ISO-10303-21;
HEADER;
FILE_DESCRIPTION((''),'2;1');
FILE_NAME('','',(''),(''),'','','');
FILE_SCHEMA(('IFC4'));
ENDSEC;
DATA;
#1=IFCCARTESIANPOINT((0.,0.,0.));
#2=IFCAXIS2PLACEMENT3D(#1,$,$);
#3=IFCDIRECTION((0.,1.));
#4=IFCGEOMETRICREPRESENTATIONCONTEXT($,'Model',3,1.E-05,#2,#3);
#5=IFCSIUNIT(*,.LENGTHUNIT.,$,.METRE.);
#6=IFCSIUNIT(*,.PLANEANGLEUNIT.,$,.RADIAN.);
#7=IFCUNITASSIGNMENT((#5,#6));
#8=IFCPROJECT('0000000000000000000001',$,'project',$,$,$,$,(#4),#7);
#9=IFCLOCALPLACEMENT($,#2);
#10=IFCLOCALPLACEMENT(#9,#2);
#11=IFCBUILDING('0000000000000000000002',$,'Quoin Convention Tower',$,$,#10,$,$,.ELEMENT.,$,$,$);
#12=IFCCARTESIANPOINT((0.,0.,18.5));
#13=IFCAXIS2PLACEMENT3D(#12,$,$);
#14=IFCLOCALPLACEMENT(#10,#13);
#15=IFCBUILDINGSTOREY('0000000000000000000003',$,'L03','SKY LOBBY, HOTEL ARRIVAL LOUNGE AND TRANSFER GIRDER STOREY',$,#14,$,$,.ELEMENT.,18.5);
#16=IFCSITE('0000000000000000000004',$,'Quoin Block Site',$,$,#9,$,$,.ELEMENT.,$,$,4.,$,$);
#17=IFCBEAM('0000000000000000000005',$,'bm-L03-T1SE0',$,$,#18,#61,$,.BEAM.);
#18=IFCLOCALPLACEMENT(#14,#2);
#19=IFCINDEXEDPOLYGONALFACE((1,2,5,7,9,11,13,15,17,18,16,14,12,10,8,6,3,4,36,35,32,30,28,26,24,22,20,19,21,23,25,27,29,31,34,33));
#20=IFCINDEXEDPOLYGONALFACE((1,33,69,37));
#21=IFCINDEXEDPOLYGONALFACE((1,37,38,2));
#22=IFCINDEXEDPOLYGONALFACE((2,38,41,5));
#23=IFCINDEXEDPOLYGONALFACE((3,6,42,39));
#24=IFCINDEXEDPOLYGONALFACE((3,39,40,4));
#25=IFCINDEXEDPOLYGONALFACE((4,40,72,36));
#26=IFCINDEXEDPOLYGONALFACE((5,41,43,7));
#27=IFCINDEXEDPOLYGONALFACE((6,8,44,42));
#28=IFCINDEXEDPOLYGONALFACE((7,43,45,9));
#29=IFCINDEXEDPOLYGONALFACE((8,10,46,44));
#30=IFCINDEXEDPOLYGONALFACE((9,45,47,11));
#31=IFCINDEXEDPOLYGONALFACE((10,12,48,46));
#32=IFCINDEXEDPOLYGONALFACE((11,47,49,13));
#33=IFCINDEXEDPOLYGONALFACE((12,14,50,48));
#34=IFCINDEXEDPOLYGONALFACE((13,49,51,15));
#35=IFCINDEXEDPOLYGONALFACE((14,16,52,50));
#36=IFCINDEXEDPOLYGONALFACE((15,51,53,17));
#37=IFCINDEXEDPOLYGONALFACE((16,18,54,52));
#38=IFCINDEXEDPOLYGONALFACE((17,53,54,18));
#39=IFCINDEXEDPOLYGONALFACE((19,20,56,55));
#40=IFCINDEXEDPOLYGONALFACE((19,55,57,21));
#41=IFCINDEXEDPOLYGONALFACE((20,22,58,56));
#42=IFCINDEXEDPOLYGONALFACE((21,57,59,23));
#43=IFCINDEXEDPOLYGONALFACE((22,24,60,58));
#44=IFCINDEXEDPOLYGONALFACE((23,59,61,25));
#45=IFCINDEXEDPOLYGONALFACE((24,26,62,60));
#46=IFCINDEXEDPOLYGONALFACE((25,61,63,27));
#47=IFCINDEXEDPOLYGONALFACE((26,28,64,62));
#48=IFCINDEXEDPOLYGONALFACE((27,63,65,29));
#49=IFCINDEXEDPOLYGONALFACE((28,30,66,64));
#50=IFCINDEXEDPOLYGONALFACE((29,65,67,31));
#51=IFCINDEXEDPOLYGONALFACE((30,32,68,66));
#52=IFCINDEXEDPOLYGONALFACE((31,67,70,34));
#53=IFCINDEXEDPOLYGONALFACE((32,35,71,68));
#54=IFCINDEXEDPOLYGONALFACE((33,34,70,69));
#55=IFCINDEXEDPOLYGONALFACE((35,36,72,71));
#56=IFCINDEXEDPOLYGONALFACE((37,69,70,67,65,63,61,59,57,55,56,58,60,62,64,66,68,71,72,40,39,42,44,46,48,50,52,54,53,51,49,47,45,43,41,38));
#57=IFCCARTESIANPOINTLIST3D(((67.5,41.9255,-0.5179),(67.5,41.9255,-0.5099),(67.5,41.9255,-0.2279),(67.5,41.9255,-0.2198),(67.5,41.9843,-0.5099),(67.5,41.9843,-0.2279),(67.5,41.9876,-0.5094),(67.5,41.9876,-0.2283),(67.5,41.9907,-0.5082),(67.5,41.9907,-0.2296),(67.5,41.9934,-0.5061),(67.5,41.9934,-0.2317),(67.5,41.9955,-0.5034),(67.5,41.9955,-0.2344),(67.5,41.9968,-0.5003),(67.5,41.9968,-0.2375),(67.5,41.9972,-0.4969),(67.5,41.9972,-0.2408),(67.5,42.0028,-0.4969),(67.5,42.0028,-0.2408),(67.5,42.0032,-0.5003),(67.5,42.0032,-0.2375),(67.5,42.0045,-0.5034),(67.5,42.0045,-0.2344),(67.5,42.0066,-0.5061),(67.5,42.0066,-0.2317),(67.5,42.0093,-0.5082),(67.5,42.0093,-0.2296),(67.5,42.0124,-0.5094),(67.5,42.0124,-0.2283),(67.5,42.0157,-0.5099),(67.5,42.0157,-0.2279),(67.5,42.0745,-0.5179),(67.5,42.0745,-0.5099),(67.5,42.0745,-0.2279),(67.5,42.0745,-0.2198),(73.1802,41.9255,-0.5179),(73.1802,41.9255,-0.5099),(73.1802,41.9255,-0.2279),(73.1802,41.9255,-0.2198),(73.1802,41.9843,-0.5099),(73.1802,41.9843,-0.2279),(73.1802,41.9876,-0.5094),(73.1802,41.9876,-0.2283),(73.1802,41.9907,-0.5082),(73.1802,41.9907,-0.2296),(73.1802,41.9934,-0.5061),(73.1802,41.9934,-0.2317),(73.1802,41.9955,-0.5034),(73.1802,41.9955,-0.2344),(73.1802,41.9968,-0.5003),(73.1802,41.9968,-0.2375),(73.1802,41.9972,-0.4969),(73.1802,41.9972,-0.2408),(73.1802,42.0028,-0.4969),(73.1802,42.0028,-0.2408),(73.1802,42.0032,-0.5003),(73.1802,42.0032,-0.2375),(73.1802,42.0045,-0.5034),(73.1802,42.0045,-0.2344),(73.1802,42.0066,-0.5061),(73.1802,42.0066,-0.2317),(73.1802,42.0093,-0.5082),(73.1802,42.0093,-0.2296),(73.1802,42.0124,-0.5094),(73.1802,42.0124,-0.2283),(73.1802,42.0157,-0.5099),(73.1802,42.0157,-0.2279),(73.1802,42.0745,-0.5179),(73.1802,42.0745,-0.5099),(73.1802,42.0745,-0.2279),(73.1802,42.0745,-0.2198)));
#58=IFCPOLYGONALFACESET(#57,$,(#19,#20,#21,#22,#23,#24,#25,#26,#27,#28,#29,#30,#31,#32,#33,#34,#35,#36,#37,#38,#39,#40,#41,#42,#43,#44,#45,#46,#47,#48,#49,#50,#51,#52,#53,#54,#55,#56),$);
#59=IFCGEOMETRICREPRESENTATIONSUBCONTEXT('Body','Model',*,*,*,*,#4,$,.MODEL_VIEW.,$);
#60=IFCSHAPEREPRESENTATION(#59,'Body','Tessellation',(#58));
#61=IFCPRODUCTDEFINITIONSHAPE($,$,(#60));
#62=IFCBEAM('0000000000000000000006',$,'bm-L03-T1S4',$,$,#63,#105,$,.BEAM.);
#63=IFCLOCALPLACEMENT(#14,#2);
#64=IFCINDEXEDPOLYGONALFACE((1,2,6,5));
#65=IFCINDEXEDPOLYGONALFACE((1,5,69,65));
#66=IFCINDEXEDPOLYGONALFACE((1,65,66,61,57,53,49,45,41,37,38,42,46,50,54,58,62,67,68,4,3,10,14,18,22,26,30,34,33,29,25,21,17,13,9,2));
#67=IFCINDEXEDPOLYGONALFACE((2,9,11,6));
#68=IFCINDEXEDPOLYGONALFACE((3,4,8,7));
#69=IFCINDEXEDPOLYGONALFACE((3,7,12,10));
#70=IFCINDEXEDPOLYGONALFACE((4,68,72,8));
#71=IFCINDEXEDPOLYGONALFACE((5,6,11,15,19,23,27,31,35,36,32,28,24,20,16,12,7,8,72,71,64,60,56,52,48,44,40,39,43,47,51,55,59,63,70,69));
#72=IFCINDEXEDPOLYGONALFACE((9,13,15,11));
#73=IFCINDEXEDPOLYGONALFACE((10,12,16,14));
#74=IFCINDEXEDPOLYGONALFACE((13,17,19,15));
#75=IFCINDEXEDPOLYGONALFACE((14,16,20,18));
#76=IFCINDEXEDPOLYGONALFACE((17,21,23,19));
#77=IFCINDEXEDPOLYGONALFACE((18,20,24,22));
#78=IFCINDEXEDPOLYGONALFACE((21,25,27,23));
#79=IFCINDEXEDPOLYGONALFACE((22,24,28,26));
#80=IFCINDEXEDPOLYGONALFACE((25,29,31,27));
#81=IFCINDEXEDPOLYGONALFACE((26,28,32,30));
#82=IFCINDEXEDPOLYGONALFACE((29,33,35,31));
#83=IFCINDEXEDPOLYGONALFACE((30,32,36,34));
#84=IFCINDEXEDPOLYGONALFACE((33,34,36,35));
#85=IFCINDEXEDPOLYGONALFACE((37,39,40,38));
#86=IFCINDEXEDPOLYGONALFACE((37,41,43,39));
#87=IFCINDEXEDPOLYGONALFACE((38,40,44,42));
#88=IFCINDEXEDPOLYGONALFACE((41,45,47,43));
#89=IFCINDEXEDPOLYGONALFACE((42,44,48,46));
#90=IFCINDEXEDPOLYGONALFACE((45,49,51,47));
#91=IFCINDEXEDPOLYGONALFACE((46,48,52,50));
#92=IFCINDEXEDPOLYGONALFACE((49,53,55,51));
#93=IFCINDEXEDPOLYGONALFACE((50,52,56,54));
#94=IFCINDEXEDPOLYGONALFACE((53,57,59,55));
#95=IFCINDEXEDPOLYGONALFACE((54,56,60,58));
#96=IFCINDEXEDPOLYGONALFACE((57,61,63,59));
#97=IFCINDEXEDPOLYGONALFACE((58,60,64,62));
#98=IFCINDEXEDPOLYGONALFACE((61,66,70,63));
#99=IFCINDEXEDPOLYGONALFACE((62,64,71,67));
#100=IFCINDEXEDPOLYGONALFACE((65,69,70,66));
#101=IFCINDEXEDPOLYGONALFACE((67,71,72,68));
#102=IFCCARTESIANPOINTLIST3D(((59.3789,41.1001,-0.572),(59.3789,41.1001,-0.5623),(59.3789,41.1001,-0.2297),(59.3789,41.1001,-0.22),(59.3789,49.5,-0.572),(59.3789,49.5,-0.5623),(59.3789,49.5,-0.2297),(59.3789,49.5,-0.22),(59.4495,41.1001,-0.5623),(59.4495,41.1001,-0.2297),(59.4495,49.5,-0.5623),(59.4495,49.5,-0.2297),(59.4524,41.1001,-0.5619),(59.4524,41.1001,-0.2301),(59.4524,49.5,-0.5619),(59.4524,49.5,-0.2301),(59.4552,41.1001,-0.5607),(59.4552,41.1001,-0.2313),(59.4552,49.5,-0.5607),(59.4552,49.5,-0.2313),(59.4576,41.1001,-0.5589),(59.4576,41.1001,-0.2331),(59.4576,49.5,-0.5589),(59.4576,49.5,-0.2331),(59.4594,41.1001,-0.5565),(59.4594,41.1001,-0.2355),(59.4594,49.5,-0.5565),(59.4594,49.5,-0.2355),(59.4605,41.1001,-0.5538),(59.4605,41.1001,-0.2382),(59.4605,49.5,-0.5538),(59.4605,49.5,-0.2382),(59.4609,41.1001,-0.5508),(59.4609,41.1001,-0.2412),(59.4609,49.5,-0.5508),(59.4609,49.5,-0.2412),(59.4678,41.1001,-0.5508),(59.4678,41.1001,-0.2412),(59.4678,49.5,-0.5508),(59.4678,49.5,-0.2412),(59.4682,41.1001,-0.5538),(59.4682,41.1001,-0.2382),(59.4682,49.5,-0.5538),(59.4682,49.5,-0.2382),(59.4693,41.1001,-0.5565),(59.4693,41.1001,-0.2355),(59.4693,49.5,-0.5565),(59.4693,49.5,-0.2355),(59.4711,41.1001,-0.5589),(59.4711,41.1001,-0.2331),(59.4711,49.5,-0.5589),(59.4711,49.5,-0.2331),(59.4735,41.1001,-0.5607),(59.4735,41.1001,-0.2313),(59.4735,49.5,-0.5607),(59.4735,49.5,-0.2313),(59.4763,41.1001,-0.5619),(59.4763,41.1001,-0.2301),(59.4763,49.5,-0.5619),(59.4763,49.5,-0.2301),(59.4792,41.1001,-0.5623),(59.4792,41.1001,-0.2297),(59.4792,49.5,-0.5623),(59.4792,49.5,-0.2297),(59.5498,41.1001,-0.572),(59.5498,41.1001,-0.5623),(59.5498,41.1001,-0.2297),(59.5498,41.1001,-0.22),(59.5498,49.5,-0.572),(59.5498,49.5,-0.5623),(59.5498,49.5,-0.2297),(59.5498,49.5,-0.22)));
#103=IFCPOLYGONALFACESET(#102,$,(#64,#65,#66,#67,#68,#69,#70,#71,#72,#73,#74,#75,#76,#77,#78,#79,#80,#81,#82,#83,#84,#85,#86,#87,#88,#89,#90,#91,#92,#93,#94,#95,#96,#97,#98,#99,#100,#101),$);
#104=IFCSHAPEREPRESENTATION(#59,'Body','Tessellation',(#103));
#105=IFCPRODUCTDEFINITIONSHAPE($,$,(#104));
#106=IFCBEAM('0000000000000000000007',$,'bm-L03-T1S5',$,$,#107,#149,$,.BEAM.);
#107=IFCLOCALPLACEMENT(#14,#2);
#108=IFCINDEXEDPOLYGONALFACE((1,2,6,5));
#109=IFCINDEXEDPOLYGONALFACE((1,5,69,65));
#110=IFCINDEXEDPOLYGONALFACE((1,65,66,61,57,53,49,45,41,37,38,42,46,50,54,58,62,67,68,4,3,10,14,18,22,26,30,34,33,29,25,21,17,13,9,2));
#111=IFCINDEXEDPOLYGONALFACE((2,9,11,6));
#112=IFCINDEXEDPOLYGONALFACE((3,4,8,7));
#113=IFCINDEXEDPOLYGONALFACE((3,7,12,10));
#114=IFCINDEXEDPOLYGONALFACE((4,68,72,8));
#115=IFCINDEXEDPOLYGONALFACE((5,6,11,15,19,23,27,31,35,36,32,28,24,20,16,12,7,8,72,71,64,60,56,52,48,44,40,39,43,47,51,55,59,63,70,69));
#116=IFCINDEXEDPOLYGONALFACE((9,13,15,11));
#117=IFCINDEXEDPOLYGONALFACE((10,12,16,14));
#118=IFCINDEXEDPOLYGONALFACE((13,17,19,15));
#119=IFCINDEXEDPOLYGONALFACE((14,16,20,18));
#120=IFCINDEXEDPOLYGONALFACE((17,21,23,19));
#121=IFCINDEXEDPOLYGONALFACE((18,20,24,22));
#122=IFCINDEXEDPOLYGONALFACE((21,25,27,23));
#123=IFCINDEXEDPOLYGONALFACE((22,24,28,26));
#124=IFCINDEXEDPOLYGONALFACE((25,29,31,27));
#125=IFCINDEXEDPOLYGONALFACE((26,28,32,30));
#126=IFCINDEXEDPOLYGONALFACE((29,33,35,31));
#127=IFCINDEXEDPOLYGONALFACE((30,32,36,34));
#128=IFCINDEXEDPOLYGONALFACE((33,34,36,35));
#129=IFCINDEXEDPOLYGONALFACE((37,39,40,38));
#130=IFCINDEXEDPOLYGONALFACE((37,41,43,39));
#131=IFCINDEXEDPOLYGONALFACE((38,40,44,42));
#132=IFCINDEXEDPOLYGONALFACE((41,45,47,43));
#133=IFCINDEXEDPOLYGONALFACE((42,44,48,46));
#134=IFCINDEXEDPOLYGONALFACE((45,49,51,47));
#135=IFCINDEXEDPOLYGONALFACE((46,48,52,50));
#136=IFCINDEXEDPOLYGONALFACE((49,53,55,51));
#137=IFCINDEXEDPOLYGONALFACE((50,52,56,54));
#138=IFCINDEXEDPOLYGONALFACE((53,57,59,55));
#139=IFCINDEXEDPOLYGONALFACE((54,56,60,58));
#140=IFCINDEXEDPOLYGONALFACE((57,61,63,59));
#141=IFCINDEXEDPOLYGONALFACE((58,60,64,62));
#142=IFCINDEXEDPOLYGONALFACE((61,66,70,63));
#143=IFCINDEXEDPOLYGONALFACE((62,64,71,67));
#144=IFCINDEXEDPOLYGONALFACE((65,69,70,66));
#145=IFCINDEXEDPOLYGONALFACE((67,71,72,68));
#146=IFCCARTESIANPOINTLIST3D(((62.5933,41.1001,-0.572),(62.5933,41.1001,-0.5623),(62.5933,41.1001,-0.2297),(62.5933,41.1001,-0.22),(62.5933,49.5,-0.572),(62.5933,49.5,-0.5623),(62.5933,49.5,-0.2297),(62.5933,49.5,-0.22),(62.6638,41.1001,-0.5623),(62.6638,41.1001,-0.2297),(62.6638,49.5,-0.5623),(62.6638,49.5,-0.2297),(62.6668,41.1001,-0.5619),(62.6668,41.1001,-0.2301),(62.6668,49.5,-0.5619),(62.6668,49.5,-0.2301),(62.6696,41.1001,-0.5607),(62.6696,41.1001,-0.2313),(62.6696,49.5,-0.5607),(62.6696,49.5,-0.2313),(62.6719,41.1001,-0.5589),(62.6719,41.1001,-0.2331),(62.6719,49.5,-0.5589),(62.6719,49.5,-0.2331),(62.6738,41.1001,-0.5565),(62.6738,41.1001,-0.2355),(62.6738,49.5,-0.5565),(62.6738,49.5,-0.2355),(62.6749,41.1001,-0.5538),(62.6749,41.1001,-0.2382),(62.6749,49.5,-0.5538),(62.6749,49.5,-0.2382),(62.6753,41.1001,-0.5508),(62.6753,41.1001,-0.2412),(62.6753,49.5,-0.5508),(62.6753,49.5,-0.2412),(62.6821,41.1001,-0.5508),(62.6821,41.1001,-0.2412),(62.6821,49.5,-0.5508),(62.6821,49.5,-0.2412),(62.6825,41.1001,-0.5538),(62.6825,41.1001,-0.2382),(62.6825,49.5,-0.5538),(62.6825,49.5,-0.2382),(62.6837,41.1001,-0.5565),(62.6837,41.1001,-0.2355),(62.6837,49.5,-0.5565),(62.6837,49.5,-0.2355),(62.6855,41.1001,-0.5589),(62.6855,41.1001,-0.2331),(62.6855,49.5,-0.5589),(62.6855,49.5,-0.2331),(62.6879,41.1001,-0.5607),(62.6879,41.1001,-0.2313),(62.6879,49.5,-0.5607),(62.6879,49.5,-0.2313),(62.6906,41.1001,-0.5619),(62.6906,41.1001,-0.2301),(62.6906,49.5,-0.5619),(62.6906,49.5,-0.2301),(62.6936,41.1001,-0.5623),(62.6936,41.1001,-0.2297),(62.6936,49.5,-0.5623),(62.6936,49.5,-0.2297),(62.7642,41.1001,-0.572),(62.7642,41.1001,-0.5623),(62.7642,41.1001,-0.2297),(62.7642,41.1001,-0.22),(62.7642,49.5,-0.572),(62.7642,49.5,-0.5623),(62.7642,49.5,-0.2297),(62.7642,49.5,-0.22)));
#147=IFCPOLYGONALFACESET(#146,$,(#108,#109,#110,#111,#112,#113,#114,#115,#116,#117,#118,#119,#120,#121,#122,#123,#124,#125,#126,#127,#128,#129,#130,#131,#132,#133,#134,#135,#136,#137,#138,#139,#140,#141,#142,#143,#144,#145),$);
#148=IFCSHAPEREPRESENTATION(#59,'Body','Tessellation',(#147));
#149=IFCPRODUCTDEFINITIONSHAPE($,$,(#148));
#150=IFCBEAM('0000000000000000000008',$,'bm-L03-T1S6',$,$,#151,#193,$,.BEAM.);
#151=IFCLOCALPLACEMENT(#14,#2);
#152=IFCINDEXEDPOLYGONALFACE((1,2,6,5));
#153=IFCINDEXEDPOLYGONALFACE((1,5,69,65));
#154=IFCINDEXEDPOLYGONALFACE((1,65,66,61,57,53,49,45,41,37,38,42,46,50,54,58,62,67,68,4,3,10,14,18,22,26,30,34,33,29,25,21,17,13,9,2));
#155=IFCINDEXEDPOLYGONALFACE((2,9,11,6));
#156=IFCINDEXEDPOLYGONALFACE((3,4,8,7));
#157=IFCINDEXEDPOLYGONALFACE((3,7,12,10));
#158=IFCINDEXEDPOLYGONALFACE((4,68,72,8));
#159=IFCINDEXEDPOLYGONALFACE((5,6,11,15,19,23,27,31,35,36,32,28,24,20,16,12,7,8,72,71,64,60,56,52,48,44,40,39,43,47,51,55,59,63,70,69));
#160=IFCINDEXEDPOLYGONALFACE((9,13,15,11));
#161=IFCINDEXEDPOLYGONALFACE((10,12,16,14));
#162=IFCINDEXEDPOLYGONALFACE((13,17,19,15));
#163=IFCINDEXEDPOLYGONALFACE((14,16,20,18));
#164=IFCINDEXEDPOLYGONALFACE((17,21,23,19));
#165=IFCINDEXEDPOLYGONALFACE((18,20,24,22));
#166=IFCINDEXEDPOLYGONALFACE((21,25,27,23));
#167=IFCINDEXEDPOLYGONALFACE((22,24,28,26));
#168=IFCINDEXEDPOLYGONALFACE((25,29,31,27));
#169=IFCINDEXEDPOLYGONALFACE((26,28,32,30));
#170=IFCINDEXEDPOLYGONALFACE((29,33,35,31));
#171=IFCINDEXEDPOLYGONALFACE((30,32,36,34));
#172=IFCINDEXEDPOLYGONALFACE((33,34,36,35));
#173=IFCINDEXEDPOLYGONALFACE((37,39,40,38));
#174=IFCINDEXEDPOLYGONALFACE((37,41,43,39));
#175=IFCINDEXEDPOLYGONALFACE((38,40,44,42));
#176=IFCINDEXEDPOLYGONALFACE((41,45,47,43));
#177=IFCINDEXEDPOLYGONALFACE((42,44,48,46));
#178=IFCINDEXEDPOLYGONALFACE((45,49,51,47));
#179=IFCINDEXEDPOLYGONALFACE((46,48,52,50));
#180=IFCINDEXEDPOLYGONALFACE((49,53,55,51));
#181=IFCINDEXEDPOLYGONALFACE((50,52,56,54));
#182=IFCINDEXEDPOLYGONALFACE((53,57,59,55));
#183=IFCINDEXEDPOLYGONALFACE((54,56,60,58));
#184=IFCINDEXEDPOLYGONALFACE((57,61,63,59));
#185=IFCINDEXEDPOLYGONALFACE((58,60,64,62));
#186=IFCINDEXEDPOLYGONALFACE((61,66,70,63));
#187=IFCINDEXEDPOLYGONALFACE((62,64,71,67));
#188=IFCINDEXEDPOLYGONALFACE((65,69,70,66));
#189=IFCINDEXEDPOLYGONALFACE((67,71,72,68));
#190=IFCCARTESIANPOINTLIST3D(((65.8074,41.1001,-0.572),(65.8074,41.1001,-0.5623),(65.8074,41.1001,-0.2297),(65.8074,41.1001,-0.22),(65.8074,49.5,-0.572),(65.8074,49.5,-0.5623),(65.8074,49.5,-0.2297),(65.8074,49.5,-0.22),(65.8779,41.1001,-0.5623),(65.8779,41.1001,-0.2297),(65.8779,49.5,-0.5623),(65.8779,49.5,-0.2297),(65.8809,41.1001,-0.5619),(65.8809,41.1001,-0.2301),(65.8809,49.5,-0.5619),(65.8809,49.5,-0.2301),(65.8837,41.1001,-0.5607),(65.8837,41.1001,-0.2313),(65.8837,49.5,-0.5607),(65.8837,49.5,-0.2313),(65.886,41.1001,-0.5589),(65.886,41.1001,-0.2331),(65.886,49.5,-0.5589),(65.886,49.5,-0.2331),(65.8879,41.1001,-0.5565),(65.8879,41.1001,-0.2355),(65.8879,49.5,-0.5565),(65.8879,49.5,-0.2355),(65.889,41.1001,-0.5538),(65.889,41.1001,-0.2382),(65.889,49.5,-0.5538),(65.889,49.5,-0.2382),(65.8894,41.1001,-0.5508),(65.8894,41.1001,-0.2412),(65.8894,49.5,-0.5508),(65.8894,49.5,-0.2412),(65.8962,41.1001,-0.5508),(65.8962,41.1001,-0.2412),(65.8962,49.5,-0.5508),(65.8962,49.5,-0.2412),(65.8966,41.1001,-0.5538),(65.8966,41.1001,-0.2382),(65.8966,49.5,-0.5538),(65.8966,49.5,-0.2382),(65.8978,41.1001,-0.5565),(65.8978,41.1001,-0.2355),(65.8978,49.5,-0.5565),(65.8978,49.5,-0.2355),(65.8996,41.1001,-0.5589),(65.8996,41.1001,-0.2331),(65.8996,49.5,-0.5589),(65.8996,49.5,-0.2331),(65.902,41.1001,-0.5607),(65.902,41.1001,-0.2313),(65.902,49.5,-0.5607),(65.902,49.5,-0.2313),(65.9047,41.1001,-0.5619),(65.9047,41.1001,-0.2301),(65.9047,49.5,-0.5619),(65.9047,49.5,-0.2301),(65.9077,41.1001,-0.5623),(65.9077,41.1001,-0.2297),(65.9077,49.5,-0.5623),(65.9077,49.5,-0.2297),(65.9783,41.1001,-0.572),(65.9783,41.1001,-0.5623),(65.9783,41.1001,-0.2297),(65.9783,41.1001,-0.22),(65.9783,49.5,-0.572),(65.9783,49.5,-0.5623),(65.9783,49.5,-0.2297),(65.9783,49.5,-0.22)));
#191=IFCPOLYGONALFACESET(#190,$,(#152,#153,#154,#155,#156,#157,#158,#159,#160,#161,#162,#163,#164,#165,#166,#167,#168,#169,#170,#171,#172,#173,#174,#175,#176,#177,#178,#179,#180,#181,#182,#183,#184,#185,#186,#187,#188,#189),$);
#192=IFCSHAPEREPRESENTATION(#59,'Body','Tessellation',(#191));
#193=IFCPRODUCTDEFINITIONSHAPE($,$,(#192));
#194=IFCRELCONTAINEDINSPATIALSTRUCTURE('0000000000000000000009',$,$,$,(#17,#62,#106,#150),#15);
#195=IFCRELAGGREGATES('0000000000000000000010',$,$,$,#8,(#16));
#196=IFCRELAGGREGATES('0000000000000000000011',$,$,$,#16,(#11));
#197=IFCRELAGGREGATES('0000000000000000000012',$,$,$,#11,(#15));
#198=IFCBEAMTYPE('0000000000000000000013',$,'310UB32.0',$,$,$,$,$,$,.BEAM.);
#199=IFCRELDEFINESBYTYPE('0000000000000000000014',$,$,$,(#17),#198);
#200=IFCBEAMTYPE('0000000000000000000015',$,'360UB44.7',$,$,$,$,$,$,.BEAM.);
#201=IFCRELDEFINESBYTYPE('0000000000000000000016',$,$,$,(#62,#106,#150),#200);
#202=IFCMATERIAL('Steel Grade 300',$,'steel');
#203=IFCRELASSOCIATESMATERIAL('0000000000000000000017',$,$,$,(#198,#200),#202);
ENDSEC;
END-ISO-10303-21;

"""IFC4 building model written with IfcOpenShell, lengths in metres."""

from ifc_helpers import new_model, si_unit, direction, frame, origin, origin_2d, place, context, subcontext, project, spatial, i_section, extrude, material, material_profile, profile_set, type_object, element, save


model = new_model("IFC4")

# Units and contexts
model_context = context("Model", 3, precision=1e-05, world=origin(), true_north=direction((0.0, 1.0)))
body_context = subcontext(model_context, "Body", "Model", "MODEL_VIEW")
ifc_project = project(units=[si_unit("LENGTHUNIT", "METRE"), si_unit("PLANEANGLEUNIT", "RADIAN")], contexts=[model_context])

# Site, building, storey
site_placement = place(None, origin())
site = spatial("IfcSite", under=ifc_project, at=site_placement, Name="Quoin Block Site", CompositionType="ELEMENT", RefElevation=4.0)
building_placement = place(site_placement, origin())
building = spatial("IfcBuilding", under=site, at=building_placement, Name="Quoin Convention Tower", CompositionType="ELEMENT")
storey_placement = place(building_placement, frame((0.0, 0.0, 18.5)))
storey = spatial("IfcBuildingStorey", under=building, at=storey_placement, Name="L03", Description="SKY LOBBY, HOTEL ARRIVAL LOUNGE AND TRANSFER GIRDER STOREY", CompositionType="ELEMENT", Elevation=18.5)

# Beams
ifc_material_1 = material(Name="Steel Grade 300", Category="steel")
ifc_material_profile_1 = material_profile(ifc_material_1, i_section(OverallWidth=0.1489, OverallDepth=0.2981, WebThickness=0.0056, FlangeThickness=0.0081, FilletRadius=0.0129, at=origin_2d()), Name="310UB32.0")
ifc_profile_set_1 = profile_set([ifc_material_profile_1], Name="Steel Grade 300")
beam_type_1 = type_object("IfcBeamType", Name="310UB32.0", PredefinedType="BEAM", material=ifc_profile_set_1)
beam_placement = place(storey_placement, frame((67.5, 42.0, -0.3689), z_axis=(1.0, 0.0, 0.0), x_axis=(0.0, 1.0, 0.0)))
element("IfcBeam", 1, at=beam_placement, inside=storey, type_object=beam_type_1, Name="bm-L03-T1SE0", PredefinedType="BEAM", context=body_context, shape_type="SweptSolid", body=[
    extrude(i_section(OverallWidth=0.1489, OverallDepth=0.2981, WebThickness=0.0056, FlangeThickness=0.0081, FilletRadius=0.0129, at=origin_2d()), origin(), (0.0, 0.0, 1.0), 5.6802),
])
ifc_material_profile_2 = material_profile(ifc_material_1, i_section(OverallWidth=0.1709, OverallDepth=0.3521, WebThickness=0.0068, FlangeThickness=0.0098, FilletRadius=0.0115, at=origin_2d()), Name="360UB44.7")
ifc_profile_set_2 = profile_set([ifc_material_profile_2], Name="Steel Grade 300")
beam_type_2 = type_object("IfcBeamType", Name="360UB44.7", PredefinedType="BEAM", material=ifc_profile_set_2)
for number, where, z_axis, x_axis, name in (
    (2, (59.4644, 41.1001, -0.396), (0.0, 1.0, 0.0), (-1.0, 0.0, 0.0), "bm-L03-T1S4"),
    (3, (62.6787, 41.1001, -0.396), (0.0, 1.0, 0.0), (-1.0, 0.0, 0.0), "bm-L03-T1S5"),
    (4, (65.8928, 41.1001, -0.396), (0.0, 1.0, 0.0), (-1.0, 0.0, 0.0), "bm-L03-T1S6"),
):
    element("IfcBeam", number, at=place(storey_placement, frame(where, z_axis=z_axis, x_axis=x_axis)), inside=storey, type_object=beam_type_2, Name=name, PredefinedType="BEAM", context=body_context, shape_type="SweptSolid", body=[
        extrude(i_section(OverallWidth=0.1709, OverallDepth=0.3521, WebThickness=0.0068, FlangeThickness=0.0098, FilletRadius=0.0115, at=origin_2d()), origin(), (0.0, 0.0, 1.0), 8.3999),
    ])

save(model, "model.ifc")
